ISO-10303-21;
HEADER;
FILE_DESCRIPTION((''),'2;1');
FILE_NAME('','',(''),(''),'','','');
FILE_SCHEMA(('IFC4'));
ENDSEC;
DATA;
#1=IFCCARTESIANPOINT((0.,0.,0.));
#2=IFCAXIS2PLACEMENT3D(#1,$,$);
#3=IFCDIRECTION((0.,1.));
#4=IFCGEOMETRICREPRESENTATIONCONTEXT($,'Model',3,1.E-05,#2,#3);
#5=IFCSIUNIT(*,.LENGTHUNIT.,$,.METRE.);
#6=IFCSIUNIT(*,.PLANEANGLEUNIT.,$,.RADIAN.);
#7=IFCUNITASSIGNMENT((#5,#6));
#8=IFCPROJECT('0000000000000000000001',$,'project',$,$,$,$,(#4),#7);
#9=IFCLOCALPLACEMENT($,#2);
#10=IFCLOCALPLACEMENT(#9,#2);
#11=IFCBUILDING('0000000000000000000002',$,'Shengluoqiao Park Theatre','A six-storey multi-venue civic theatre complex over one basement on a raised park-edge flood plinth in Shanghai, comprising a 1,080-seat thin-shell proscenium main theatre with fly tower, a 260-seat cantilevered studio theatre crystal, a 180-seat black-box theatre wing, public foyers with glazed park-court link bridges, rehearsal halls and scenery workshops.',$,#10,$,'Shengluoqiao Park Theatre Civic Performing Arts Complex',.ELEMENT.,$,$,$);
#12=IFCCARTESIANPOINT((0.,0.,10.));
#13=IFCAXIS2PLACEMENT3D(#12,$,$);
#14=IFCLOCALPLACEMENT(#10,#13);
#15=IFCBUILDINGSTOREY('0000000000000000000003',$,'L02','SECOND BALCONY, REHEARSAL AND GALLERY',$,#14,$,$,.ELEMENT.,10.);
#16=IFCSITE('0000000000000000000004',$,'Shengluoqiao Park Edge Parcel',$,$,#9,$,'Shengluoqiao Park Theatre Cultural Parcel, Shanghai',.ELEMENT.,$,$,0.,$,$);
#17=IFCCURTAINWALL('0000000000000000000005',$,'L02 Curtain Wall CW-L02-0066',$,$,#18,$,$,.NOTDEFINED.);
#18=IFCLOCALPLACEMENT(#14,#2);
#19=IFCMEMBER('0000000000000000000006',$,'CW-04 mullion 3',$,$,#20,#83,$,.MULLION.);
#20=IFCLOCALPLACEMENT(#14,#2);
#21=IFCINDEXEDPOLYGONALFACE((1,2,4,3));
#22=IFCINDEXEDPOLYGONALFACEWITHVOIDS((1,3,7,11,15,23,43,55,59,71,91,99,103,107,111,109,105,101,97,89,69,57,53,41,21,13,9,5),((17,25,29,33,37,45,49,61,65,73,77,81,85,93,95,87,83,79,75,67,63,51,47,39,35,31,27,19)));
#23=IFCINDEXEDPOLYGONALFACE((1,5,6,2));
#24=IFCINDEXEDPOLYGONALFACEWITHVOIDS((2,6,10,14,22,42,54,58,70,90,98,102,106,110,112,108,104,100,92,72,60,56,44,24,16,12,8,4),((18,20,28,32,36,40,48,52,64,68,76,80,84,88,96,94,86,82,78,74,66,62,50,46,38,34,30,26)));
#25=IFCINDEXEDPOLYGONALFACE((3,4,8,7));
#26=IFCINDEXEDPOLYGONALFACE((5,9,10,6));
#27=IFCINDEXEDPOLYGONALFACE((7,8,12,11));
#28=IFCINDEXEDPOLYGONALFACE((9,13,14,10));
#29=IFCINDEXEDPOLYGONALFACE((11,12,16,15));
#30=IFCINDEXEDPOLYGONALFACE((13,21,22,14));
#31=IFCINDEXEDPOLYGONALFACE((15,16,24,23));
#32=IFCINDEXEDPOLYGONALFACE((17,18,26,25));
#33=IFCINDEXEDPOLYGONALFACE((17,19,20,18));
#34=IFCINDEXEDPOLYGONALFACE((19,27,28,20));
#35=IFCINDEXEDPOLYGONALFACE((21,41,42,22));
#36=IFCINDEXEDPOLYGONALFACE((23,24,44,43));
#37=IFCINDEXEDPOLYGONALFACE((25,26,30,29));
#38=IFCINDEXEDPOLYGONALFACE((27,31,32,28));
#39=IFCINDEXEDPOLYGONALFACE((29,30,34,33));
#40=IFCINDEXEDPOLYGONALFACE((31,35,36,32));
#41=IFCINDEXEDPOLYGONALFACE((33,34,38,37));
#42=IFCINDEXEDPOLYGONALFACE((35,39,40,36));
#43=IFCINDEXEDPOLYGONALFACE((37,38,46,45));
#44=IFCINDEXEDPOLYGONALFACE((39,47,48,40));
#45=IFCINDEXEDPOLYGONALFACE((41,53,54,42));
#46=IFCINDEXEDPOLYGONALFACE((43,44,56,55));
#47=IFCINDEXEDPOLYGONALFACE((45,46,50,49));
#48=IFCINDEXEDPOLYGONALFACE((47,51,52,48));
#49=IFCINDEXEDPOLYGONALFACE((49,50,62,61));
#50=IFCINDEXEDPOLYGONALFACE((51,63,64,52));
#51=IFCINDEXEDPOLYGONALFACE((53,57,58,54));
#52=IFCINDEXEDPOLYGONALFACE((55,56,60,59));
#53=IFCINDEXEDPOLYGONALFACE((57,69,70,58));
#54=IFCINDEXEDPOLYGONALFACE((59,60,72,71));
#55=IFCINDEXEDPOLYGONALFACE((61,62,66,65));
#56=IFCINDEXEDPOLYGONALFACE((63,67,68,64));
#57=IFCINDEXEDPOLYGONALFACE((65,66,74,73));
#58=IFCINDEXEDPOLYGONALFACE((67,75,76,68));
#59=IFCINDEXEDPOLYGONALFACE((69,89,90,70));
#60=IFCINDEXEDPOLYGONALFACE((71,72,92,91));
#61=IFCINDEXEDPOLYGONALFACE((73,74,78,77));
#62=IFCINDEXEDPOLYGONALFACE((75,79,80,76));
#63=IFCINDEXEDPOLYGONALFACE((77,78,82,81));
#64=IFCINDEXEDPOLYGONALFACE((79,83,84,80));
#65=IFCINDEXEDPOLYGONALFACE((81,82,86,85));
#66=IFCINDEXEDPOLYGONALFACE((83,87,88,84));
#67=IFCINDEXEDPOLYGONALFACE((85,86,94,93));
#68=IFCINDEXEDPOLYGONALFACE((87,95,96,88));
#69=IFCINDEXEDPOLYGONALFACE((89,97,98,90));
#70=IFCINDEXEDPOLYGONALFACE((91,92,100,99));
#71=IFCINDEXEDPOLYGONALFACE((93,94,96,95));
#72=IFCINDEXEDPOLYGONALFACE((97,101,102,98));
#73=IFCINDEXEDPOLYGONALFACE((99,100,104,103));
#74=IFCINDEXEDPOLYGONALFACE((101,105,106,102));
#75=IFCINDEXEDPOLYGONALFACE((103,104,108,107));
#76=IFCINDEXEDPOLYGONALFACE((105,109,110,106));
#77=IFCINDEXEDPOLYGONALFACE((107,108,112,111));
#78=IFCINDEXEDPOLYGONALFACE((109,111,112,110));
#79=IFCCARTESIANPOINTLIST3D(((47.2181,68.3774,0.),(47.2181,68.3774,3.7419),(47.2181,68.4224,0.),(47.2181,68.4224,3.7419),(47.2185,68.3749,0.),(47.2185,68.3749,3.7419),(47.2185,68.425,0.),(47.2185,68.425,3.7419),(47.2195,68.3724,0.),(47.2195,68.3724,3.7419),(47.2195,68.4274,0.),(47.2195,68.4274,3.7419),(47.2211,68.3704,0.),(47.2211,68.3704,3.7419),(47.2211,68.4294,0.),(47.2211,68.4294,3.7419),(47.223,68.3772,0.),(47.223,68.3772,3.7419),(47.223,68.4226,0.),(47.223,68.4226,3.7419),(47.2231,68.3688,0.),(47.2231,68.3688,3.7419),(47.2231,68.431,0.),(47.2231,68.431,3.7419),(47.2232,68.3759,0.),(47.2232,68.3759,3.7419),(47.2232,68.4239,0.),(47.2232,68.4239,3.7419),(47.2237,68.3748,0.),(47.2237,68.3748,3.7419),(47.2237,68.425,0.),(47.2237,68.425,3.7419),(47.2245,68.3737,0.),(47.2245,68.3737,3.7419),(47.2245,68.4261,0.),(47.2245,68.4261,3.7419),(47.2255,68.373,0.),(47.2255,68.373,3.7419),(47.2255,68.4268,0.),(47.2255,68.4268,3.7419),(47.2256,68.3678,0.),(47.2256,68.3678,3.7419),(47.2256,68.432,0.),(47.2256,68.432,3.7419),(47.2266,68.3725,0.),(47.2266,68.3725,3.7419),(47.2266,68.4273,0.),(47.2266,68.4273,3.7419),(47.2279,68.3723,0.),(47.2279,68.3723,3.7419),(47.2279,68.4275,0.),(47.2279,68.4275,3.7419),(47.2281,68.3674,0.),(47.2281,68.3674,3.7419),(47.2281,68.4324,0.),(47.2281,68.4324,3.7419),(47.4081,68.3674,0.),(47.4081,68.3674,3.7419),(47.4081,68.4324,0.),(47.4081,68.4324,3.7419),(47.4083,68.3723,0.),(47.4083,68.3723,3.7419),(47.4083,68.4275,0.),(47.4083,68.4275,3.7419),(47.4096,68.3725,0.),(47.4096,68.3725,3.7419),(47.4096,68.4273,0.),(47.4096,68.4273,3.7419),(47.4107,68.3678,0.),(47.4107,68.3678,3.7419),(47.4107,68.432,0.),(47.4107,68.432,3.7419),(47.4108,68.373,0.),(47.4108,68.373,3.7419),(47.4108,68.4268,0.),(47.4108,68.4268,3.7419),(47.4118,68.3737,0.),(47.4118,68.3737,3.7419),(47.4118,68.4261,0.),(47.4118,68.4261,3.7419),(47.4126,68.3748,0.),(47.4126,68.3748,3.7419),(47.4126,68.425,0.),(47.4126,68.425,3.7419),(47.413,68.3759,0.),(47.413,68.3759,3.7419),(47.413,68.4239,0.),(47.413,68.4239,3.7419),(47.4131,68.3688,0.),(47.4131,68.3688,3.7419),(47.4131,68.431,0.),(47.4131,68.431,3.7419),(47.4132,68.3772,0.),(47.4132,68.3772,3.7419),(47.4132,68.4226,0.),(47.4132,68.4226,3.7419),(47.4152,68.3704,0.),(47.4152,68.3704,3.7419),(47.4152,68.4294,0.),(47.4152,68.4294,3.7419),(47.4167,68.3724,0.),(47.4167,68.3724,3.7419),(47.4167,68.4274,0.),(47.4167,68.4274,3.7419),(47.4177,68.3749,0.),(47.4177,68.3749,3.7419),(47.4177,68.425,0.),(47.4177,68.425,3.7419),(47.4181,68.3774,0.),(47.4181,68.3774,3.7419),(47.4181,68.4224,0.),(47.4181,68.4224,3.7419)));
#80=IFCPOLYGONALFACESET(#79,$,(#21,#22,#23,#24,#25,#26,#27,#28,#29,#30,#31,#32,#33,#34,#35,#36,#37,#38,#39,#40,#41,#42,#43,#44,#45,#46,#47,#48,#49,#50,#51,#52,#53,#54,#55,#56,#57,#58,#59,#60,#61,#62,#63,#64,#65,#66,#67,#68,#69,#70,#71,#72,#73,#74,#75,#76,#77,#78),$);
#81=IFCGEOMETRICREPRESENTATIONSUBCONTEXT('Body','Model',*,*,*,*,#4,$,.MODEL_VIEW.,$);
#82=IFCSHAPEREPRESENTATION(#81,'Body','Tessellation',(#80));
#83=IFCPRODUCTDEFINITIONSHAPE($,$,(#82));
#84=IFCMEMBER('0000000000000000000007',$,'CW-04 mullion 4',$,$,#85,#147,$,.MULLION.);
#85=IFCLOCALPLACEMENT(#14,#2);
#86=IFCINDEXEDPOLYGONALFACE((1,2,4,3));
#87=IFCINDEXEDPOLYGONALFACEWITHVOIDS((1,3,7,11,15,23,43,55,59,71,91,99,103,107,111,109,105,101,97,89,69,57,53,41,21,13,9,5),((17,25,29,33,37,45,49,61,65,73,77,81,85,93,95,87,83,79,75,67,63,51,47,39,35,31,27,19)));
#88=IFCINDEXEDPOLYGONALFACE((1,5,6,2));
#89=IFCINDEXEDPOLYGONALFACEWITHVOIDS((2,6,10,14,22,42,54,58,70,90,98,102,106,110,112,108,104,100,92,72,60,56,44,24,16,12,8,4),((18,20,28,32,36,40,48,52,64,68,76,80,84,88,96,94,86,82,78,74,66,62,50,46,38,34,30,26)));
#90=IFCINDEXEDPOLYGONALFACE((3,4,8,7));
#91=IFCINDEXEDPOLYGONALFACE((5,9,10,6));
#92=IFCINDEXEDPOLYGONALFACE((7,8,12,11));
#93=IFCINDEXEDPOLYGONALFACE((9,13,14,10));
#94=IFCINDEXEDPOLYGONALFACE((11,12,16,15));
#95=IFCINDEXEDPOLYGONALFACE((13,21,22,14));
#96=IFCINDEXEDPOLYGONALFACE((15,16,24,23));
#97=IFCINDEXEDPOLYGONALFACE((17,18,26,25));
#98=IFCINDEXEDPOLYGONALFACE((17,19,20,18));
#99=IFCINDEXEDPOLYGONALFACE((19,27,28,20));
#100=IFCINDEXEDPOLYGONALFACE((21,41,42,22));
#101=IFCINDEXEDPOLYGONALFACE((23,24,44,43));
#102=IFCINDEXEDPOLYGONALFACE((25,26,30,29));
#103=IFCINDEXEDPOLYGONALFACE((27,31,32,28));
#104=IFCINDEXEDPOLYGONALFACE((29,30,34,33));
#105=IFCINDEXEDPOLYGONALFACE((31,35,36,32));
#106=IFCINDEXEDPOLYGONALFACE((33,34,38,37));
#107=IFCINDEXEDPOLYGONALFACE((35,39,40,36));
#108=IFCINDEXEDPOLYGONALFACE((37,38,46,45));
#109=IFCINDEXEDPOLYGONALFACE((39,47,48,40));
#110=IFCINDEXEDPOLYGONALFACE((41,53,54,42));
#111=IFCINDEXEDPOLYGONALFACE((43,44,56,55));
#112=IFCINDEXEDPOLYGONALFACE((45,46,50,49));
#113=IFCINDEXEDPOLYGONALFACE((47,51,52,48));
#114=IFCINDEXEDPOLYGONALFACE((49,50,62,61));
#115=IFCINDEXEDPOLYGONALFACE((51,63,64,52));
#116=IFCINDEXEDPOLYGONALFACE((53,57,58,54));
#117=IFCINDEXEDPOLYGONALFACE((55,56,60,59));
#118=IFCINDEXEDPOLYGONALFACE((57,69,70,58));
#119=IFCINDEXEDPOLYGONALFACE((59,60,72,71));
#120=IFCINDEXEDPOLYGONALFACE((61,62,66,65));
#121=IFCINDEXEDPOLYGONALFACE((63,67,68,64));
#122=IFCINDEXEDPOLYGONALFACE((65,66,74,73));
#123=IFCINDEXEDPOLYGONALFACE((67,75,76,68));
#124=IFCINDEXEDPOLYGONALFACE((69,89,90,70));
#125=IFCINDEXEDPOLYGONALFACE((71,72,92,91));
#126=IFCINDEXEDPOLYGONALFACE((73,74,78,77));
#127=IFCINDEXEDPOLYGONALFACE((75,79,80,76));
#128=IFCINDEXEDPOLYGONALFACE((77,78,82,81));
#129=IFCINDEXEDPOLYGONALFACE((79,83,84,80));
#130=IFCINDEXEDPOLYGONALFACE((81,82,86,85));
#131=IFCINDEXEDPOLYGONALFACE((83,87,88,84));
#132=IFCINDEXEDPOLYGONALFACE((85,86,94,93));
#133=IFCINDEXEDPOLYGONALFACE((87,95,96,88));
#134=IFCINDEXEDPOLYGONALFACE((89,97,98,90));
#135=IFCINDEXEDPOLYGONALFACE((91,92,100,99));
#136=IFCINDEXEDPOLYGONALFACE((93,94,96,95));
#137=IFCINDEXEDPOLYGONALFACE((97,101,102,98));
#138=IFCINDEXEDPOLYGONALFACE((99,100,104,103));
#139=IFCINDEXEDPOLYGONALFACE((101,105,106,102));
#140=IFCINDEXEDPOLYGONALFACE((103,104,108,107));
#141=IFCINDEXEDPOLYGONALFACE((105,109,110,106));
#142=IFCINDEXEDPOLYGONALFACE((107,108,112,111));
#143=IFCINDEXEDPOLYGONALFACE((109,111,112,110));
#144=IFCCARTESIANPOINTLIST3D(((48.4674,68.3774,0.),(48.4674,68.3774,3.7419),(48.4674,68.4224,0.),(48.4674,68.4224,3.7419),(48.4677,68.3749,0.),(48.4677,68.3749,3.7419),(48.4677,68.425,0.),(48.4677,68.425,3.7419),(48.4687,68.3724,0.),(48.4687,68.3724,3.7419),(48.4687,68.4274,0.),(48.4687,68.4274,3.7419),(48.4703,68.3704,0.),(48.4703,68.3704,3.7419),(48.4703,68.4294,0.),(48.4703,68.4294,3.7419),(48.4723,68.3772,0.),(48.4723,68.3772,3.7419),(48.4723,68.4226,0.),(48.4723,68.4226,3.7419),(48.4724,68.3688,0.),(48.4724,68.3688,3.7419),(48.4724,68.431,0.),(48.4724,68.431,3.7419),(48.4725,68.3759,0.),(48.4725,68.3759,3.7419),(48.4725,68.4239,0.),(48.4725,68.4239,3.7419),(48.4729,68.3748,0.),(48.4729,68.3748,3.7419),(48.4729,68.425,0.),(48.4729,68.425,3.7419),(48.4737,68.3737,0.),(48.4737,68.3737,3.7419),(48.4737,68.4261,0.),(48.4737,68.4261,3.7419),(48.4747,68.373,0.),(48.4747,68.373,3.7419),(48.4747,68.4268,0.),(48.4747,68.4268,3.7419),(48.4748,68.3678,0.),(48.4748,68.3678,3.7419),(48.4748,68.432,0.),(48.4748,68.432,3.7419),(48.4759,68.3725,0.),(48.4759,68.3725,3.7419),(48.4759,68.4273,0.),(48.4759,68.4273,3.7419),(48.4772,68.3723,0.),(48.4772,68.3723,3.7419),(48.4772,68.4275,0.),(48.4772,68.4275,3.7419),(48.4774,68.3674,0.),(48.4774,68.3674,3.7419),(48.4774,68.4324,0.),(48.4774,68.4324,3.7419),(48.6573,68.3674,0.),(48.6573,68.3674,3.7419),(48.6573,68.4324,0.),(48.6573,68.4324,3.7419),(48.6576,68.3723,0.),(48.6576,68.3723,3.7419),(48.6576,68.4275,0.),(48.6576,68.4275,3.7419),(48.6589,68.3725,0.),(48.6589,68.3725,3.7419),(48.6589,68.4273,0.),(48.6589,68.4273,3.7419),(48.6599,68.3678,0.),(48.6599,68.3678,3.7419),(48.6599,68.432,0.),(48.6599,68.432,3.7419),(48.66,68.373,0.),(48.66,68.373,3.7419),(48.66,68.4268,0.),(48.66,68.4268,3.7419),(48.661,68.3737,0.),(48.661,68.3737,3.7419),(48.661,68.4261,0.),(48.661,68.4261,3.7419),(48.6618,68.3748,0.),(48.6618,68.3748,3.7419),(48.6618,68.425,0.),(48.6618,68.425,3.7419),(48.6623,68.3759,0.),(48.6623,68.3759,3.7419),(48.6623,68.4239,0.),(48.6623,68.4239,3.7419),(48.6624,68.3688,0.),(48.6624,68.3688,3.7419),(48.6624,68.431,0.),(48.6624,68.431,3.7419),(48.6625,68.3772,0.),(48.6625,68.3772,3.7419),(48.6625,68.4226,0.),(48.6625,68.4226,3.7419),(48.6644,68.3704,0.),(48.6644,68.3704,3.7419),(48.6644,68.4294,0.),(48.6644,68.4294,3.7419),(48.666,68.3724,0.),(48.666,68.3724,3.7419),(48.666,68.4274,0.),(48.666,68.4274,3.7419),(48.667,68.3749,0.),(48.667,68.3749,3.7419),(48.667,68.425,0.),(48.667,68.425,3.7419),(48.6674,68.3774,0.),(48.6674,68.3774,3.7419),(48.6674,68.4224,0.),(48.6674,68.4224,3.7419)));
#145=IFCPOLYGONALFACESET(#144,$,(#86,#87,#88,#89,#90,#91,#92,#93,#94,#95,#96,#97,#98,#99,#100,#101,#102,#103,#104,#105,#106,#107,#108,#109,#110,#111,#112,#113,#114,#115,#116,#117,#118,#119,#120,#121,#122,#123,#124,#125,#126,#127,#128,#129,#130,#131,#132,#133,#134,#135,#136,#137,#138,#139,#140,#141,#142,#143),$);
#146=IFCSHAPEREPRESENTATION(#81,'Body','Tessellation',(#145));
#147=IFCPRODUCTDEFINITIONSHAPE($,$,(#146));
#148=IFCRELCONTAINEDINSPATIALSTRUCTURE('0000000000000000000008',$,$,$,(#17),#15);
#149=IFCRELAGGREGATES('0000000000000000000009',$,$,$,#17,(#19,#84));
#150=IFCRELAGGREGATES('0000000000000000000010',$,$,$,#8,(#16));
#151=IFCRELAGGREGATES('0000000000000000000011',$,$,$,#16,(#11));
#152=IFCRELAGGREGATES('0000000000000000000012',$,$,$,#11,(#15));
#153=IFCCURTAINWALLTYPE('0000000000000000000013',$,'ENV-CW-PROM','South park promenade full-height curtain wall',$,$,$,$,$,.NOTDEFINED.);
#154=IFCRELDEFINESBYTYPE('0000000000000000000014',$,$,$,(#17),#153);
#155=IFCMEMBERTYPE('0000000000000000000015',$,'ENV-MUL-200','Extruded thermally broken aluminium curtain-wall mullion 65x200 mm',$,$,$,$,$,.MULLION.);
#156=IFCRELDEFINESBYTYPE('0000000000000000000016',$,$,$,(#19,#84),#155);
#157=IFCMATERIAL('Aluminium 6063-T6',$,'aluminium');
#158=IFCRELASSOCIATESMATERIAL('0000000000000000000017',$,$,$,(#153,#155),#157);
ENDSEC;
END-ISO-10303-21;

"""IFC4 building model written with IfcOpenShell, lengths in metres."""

from ifc_helpers import new_model, si_unit, direction, frame, origin, origin_2d, place, context, subcontext, project, spatial, hollow_rectangle, extrude, material, material_profile, profile_set, type_object, element, aggregate, save


model = new_model("IFC4")

# Units and contexts
model_context = context("Model", 3, precision=1e-05, world=origin(), true_north=direction((0.0, 1.0)))
body_context = subcontext(model_context, "Body", "Model", "MODEL_VIEW")
ifc_project = project(units=[si_unit("LENGTHUNIT", "METRE"), si_unit("PLANEANGLEUNIT", "RADIAN")], contexts=[model_context])

# Site, building, storey
site_placement = place(None, origin())
site = spatial("IfcSite", under=ifc_project, at=site_placement, Name="Shengluoqiao Park Edge Parcel", LongName="Shengluoqiao Park Theatre Cultural Parcel, Shanghai", CompositionType="ELEMENT", RefElevation=0.0)
building_placement = place(site_placement, origin())
building = spatial("IfcBuilding", under=site, at=building_placement, Name="Shengluoqiao Park Theatre", Description="A six-storey multi-venue civic theatre complex over one basement on a raised park-edge flood plinth in Shanghai, comprising a 1,080-seat thin-shell proscenium main theatre with fly tower, a 260-seat cantilevered studio theatre crystal, a 180-seat black-box theatre wing, public foyers with glazed park-court link bridges, rehearsal halls and scenery workshops.", LongName="Shengluoqiao Park Theatre Civic Performing Arts Complex", CompositionType="ELEMENT")
storey_placement = place(building_placement, frame((0.0, 0.0, 10.0)))
storey = spatial("IfcBuildingStorey", under=building, at=storey_placement, Name="L02", Description="SECOND BALCONY, REHEARSAL AND GALLERY", CompositionType="ELEMENT", Elevation=10.0)

# Curtain wall, members
ifc_material_1 = material(Name="Aluminium 6063-T6", Category="aluminium")
curtain_wall_type = type_object("IfcCurtainWallType", Name="ENV-CW-PROM", Description="South park promenade full-height curtain wall", PredefinedType="NOTDEFINED", material=ifc_material_1)
curtain_wall_1_placement = place(storey_placement, origin())
curtain_wall_1 = element("IfcCurtainWall", 1, at=curtain_wall_1_placement, inside=storey, type_object=curtain_wall_type, Name="L02 Curtain Wall CW-L02-0066", PredefinedType="NOTDEFINED")
ifc_material_profile_1 = material_profile(ifc_material_1, hollow_rectangle(XDim=0.0649, YDim=0.2, WallThickness=0.0049, InnerFilletRadius=0.0049, OuterFilletRadius=0.01, at=origin_2d()), Name="ALU MULLION 200x65x5")
ifc_profile_set_1 = profile_set([ifc_material_profile_1], Name="Aluminium 6063-T6")
member_type_1 = type_object("IfcMemberType", Name="ENV-MUL-200", Description="Extruded thermally broken aluminium curtain-wall mullion 65x200 mm", PredefinedType="MULLION", material=ifc_profile_set_1)
member_1_placement = place(storey_placement, frame((47.3181, 68.3999, 0.0), z_axis=(0.0, 0.0, 1.0), x_axis=(0.0, 1.0, 0.0)))
member_1 = element("IfcMember", 2, at=member_1_placement, type_object=member_type_1, Name="CW-04 mullion 3", PredefinedType="MULLION", context=body_context, shape_type="SweptSolid", body=[
    extrude(hollow_rectangle(XDim=0.0649, YDim=0.2, WallThickness=0.0049, InnerFilletRadius=0.0049, OuterFilletRadius=0.01, at=origin_2d()), origin(), (0.0, 0.0, 1.0), 3.7419),
])
member_2_placement = place(storey_placement, frame((48.5674, 68.3999, 0.0), z_axis=(0.0, 0.0, 1.0), x_axis=(0.0, 1.0, 0.0)))
member_2 = element("IfcMember", 3, at=member_2_placement, type_object=member_type_1, Name="CW-04 mullion 4", PredefinedType="MULLION", context=body_context, shape_type="SweptSolid", body=[
    extrude(hollow_rectangle(XDim=0.0649, YDim=0.2, WallThickness=0.0049, InnerFilletRadius=0.0049, OuterFilletRadius=0.01, at=origin_2d()), origin(), (0.0, 0.0, 1.0), 3.7419),
])

aggregate(curtain_wall_1, [member_1, member_2])

save(model, "model.ifc")
